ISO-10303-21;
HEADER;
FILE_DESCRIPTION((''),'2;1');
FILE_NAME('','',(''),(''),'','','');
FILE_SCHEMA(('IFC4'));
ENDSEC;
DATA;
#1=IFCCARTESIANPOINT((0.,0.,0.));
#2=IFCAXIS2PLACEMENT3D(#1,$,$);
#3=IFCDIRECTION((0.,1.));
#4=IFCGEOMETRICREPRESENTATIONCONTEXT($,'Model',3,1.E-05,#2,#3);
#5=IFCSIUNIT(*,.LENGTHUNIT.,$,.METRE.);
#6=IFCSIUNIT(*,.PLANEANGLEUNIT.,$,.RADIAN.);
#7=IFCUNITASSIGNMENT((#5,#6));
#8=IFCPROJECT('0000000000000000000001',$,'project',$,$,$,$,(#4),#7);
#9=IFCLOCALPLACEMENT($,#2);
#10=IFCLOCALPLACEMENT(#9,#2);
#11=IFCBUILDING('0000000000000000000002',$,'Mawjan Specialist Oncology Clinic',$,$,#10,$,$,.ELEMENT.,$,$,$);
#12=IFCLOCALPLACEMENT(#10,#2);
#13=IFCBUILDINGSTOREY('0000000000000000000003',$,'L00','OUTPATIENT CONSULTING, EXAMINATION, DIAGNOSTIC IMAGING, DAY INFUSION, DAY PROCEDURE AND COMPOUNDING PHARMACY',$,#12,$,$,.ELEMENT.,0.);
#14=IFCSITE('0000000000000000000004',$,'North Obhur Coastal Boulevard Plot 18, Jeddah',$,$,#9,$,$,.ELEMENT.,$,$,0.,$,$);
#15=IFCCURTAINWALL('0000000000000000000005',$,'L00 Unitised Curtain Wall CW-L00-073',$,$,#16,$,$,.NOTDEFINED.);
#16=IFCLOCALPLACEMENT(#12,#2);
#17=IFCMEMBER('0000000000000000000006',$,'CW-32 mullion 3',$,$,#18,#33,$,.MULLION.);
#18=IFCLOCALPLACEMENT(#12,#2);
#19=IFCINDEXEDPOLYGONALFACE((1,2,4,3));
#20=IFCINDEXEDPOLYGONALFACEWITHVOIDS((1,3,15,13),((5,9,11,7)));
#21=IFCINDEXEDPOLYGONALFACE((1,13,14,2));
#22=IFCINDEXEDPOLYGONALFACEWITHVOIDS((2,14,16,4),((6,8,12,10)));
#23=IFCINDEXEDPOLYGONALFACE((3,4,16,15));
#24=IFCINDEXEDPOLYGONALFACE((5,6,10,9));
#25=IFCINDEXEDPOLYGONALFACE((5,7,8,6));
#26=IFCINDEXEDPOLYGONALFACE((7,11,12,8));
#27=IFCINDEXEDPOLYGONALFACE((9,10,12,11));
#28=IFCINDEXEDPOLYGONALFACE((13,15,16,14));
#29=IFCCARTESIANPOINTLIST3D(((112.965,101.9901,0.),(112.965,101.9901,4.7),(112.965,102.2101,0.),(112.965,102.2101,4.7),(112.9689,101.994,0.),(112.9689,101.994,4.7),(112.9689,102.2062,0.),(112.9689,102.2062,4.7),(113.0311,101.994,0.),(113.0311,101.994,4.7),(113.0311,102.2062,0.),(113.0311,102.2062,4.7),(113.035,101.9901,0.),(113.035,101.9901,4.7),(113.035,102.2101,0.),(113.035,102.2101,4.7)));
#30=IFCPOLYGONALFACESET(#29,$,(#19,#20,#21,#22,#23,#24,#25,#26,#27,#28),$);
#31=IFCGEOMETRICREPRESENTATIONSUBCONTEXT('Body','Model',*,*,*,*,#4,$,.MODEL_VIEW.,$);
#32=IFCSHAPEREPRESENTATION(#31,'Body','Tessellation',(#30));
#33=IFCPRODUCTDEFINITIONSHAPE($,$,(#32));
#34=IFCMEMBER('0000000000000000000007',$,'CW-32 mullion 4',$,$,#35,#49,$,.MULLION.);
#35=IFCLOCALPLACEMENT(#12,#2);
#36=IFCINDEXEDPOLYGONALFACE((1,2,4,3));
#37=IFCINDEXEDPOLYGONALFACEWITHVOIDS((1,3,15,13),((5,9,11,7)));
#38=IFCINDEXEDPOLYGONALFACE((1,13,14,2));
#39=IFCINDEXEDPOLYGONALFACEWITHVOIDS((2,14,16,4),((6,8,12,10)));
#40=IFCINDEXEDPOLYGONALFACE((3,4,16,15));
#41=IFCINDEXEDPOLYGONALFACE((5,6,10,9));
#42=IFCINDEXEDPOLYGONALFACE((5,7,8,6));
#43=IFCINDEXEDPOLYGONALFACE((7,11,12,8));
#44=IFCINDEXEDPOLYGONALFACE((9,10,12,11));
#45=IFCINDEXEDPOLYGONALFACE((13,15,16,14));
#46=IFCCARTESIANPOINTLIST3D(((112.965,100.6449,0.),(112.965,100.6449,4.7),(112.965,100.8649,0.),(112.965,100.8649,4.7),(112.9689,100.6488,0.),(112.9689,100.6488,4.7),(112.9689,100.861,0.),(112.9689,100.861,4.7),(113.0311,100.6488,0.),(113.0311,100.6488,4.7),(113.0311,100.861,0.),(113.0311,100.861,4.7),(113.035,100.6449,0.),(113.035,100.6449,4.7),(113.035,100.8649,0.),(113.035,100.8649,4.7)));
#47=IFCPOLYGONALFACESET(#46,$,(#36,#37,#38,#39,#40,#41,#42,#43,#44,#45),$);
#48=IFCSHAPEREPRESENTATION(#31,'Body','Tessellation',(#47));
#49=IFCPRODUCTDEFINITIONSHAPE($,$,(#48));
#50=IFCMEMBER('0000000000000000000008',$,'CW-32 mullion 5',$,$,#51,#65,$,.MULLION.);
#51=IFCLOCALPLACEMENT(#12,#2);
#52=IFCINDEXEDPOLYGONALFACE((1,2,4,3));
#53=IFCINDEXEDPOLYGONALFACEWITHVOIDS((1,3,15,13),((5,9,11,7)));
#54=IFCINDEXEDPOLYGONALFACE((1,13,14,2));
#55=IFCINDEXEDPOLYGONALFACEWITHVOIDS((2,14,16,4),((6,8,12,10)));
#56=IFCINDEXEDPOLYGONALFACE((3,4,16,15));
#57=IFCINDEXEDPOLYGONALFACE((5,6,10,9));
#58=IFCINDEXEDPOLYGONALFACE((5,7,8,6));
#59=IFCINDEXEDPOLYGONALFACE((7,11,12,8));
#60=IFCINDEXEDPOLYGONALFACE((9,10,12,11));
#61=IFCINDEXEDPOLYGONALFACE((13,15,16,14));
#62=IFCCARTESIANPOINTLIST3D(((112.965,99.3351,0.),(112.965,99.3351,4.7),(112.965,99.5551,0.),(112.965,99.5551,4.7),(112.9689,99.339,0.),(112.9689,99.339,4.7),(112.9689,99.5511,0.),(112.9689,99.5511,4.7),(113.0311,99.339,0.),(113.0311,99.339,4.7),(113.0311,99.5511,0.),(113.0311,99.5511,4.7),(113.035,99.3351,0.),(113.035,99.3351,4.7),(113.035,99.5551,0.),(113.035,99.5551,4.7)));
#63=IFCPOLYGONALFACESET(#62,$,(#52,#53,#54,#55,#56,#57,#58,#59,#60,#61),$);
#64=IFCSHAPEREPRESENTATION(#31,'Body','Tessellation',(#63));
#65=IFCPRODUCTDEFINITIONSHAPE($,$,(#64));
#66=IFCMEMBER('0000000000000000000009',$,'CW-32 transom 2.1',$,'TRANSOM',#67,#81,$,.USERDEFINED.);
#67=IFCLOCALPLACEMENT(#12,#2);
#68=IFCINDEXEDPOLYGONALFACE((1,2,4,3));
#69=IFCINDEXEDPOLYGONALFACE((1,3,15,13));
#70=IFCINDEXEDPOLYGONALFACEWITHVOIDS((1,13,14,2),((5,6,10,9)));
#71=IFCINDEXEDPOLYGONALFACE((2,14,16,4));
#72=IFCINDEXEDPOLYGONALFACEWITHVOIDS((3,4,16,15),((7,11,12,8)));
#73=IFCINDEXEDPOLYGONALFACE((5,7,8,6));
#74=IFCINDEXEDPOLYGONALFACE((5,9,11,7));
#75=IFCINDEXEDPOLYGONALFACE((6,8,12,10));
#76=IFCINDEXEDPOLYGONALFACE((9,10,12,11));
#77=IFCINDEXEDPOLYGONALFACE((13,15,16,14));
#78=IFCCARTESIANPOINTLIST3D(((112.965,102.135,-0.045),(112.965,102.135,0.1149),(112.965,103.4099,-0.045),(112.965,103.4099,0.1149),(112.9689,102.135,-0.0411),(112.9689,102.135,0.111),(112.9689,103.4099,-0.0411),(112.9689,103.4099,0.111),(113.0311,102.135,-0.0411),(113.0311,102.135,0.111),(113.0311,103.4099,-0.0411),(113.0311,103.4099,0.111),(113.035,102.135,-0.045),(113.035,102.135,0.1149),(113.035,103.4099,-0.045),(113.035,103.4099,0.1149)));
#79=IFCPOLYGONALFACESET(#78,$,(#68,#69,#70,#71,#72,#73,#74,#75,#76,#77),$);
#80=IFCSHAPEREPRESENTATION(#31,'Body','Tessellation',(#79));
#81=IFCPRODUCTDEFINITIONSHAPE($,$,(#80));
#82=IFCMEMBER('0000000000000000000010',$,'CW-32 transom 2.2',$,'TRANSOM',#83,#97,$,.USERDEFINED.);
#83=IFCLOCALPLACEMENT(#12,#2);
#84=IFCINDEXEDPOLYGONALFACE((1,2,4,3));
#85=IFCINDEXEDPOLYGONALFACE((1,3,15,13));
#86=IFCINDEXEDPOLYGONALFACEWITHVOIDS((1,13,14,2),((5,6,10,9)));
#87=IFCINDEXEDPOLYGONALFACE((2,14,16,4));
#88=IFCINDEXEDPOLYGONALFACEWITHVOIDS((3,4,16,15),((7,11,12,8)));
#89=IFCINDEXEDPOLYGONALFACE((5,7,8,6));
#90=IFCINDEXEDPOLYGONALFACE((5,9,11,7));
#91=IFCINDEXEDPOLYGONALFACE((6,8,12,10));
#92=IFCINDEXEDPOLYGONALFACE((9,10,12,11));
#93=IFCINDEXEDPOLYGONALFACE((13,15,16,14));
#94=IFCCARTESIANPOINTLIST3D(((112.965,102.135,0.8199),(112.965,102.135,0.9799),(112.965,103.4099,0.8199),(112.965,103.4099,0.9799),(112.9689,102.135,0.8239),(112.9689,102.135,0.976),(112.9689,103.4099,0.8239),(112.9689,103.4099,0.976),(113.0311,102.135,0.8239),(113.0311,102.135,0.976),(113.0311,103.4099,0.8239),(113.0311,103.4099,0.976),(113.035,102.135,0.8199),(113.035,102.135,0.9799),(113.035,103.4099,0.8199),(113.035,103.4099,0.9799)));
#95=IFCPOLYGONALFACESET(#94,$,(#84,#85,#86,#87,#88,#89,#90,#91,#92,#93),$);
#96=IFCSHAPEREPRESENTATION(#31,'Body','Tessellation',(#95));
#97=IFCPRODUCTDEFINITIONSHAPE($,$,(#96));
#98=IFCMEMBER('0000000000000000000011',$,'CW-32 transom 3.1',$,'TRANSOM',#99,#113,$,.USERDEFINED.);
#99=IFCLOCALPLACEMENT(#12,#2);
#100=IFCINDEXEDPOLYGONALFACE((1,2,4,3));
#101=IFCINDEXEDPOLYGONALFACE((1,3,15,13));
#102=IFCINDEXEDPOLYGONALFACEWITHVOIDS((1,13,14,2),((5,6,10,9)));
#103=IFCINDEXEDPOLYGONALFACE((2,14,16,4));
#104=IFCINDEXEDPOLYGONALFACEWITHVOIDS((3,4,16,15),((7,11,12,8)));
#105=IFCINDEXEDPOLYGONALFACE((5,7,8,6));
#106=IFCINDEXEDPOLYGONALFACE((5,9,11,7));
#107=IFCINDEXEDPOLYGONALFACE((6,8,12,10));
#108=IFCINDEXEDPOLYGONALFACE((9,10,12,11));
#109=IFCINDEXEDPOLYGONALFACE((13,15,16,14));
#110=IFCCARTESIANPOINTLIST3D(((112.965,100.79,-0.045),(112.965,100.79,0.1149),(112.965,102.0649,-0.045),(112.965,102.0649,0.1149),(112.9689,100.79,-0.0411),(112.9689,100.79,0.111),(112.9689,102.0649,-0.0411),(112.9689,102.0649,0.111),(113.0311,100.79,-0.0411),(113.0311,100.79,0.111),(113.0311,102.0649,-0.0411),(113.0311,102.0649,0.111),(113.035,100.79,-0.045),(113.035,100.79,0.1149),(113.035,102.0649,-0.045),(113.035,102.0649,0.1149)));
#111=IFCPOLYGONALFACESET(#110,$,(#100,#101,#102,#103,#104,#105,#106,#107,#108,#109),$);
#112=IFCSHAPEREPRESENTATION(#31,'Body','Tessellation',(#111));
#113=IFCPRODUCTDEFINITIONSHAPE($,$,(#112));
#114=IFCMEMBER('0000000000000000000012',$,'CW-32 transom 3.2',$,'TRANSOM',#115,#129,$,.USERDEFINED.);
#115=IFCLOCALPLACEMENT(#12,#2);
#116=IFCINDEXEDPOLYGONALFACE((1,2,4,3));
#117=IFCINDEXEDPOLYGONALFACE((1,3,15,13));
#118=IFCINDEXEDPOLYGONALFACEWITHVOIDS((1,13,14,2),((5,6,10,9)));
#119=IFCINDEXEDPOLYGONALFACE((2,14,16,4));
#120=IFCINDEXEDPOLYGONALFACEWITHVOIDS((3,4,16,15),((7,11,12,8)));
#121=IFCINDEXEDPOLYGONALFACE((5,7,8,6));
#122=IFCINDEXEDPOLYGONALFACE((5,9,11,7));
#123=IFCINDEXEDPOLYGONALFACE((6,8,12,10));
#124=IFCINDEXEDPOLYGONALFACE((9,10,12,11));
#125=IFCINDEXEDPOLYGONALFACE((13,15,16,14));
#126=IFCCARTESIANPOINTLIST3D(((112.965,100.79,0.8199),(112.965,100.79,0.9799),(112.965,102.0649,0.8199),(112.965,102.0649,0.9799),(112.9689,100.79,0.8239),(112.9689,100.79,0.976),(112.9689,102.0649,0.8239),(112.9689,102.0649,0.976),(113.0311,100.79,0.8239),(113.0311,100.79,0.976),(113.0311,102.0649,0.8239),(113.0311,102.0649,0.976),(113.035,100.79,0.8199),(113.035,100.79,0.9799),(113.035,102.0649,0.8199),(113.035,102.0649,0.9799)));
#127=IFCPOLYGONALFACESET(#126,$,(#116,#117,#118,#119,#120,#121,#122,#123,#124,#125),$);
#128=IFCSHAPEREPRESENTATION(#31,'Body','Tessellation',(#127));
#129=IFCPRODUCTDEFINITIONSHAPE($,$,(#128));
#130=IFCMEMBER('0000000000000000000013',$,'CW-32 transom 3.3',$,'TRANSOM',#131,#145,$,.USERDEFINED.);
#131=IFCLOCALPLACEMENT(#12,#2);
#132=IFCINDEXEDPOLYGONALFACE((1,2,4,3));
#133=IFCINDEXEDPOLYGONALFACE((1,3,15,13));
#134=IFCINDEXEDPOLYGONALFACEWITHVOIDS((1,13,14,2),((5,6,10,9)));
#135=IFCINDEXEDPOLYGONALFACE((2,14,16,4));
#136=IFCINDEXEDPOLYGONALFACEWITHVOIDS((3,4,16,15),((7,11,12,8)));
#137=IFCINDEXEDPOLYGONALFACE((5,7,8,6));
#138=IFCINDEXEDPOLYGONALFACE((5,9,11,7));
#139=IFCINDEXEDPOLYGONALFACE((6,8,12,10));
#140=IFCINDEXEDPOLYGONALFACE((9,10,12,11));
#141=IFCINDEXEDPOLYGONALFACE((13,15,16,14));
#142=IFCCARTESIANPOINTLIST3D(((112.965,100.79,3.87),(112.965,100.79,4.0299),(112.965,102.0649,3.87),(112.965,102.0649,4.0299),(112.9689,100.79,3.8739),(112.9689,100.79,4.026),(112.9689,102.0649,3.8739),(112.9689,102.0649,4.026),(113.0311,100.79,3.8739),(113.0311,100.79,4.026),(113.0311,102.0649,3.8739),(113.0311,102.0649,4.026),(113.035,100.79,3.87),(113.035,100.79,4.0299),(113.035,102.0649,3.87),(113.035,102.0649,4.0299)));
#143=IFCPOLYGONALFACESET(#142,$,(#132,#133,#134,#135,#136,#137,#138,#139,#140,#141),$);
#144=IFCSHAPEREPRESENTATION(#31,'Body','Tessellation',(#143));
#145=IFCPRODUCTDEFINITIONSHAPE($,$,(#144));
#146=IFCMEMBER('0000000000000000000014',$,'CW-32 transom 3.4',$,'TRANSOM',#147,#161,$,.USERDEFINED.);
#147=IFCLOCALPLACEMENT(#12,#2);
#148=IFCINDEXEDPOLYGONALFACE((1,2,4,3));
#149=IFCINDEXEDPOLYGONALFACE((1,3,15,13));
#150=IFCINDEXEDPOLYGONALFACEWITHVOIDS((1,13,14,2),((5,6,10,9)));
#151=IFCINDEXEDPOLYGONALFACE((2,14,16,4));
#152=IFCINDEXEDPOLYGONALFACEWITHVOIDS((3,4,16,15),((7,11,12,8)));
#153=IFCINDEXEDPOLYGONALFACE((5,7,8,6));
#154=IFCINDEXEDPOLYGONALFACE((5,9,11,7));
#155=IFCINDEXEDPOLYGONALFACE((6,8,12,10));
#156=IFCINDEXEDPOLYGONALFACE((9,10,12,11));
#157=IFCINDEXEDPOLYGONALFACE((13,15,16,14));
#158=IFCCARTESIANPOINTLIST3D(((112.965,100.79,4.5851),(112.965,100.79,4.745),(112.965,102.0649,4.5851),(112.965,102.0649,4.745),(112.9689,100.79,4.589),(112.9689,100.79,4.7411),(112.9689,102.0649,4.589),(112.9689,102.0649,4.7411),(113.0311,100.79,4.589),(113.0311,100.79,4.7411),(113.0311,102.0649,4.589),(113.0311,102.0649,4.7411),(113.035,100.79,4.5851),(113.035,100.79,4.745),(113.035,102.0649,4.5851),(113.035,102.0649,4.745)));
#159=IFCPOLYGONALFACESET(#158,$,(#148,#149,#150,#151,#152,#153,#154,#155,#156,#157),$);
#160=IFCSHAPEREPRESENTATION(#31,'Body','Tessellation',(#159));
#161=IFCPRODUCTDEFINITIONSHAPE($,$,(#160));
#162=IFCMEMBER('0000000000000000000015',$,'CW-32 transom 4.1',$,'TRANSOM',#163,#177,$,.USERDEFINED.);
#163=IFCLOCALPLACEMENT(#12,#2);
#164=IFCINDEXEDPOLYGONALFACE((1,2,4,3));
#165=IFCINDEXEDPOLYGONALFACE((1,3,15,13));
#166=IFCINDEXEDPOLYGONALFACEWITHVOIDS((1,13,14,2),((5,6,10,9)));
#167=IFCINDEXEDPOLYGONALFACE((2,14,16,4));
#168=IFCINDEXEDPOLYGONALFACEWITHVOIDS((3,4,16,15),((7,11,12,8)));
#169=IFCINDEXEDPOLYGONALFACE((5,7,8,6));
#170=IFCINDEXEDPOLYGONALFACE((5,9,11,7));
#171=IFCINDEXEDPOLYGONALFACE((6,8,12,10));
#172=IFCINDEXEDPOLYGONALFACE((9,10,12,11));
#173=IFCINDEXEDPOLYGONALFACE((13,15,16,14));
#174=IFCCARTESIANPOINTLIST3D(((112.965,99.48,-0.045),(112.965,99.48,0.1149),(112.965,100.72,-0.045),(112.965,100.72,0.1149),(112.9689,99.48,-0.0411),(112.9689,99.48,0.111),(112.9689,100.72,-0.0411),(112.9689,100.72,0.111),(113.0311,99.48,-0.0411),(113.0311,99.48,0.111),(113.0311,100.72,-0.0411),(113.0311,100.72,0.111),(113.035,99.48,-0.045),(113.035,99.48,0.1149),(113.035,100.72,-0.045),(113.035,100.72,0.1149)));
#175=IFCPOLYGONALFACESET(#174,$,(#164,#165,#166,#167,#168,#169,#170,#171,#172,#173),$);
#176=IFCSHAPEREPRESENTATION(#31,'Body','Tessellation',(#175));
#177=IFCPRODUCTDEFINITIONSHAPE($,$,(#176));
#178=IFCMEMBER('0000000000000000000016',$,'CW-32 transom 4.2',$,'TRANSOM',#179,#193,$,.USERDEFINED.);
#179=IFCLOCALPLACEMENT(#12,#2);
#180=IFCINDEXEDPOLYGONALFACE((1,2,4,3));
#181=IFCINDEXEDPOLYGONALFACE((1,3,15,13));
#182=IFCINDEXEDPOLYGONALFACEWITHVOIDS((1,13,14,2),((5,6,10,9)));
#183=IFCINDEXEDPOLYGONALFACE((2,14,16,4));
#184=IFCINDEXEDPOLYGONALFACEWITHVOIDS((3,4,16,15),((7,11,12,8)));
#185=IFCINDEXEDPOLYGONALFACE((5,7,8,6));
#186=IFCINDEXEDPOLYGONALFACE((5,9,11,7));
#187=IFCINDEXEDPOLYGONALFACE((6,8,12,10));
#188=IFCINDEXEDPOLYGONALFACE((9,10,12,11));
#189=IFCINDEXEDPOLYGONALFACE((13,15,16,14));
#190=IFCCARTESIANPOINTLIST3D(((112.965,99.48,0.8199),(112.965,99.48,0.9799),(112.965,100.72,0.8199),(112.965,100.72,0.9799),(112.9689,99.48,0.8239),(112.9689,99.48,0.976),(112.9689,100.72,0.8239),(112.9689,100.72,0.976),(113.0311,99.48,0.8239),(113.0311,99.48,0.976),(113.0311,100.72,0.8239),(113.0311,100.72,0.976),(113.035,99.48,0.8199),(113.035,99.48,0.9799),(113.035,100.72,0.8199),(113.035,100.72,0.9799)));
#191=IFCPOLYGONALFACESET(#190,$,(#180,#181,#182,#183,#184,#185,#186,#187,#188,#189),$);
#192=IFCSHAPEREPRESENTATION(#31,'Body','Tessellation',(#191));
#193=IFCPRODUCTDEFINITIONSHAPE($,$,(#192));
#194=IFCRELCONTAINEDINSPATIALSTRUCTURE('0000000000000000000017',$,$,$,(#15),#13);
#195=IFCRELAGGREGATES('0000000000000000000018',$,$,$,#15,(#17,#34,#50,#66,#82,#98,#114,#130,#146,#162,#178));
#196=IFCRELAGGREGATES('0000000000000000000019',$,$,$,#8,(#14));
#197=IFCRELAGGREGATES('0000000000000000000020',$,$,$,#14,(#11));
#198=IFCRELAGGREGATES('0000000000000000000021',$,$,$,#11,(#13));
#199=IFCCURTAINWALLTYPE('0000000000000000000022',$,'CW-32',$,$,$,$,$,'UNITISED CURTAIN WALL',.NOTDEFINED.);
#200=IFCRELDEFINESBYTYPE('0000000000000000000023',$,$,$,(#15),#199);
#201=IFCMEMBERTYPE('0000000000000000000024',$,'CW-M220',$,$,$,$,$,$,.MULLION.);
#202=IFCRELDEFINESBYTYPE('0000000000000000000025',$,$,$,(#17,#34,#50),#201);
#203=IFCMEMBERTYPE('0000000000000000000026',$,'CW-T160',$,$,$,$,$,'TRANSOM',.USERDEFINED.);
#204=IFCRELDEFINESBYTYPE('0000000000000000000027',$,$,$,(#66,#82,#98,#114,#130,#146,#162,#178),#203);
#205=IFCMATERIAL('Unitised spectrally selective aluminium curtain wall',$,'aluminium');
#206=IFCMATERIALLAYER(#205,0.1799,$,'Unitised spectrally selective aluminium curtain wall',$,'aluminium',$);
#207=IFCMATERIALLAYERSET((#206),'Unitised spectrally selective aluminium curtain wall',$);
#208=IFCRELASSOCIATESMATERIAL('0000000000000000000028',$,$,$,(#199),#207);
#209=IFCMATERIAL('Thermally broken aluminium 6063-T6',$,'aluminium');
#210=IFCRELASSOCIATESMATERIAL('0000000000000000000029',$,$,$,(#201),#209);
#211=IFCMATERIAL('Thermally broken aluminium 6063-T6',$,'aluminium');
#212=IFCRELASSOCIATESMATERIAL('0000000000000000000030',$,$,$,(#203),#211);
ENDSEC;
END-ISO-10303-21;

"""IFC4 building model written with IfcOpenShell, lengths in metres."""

from ifc_helpers import new_model, si_unit, direction, frame, origin, origin_2d, place, context, subcontext, project, spatial, hollow_rectangle, extrude, material, layer, layer_set, material_profile, profile_set, type_object, element, aggregate, save


model = new_model("IFC4")

# Units and contexts
model_context = context("Model", 3, precision=1e-05, world=origin(), true_north=direction((0.0, 1.0)))
body_context = subcontext(model_context, "Body", "Model", "MODEL_VIEW")
ifc_project = project(units=[si_unit("LENGTHUNIT", "METRE"), si_unit("PLANEANGLEUNIT", "RADIAN")], contexts=[model_context])

# Site, building, storey
site_placement = place(None, origin())
site = spatial("IfcSite", under=ifc_project, at=site_placement, Name="North Obhur Coastal Boulevard Plot 18, Jeddah", CompositionType="ELEMENT", RefElevation=0.0)
building_placement = place(site_placement, origin())
building = spatial("IfcBuilding", under=site, at=building_placement, Name="Mawjan Specialist Oncology Clinic", CompositionType="ELEMENT")
storey_placement = place(building_placement, origin())
storey = spatial("IfcBuildingStorey", under=building, at=storey_placement, Name="L00", Description="OUTPATIENT CONSULTING, EXAMINATION, DIAGNOSTIC IMAGING, DAY INFUSION, DAY PROCEDURE AND COMPOUNDING PHARMACY", CompositionType="ELEMENT", Elevation=0.0)

# Curtain wall, members
ifc_material_1 = material(Name="Unitised spectrally selective aluminium curtain wall", Category="aluminium")
ifc_layer_1 = layer(ifc_material_1, 0.1799, Name="Unitised spectrally selective aluminium curtain wall", Category="aluminium")
ifc_layer_set_1 = layer_set([ifc_layer_1], Name="Unitised spectrally selective aluminium curtain wall")
curtain_wall_type = type_object("IfcCurtainWallType", Name="CW-32", ElementType="UNITISED CURTAIN WALL", PredefinedType="NOTDEFINED", material=ifc_layer_set_1)
curtain_wall_placement = place(storey_placement, origin())
curtain_wall = element("IfcCurtainWall", 1, at=curtain_wall_placement, inside=storey, type_object=curtain_wall_type, Name="L00 Unitised Curtain Wall CW-L00-073", PredefinedType="NOTDEFINED")
ifc_material_2 = material(Name="Thermally broken aluminium 6063-T6", Category="aluminium")
ifc_material_profile_1 = material_profile(ifc_material_2, hollow_rectangle(XDim=0.0701, YDim=0.22, WallThickness=0.0039, at=origin_2d()), Name="ALU MULLION 220x70x4", Category="aluminium")
ifc_profile_set_1 = profile_set([ifc_material_profile_1], Name="Thermally broken aluminium 6063-T6")
member_type_1 = type_object("IfcMemberType", Name="CW-M220", PredefinedType="MULLION", material=ifc_profile_set_1)
member_1_placement = place(storey_placement, frame((113.0, 102.1001, 0.0), z_axis=(0.0, 0.0, 1.0), x_axis=(1.0, 0.0, 0.0)))
member_1 = element("IfcMember", 2, at=member_1_placement, type_object=member_type_1, Name="CW-32 mullion 3", PredefinedType="MULLION", context=body_context, shape_type="SweptSolid", body=[
    extrude(hollow_rectangle(XDim=0.0701, YDim=0.22, WallThickness=0.0039, at=origin_2d()), origin(), (0.0, 0.0, 1.0), 4.7),
])
member_2_placement = place(storey_placement, frame((113.0, 100.7549, 0.0), z_axis=(0.0, 0.0, 1.0), x_axis=(1.0, 0.0, 0.0)))
member_2 = element("IfcMember", 3, at=member_2_placement, type_object=member_type_1, Name="CW-32 mullion 4", PredefinedType="MULLION", context=body_context, shape_type="SweptSolid", body=[
    extrude(hollow_rectangle(XDim=0.0701, YDim=0.22, WallThickness=0.0039, at=origin_2d()), origin(), (0.0, 0.0, 1.0), 4.7),
])
member_3_placement = place(storey_placement, frame((113.0, 99.4451, 0.0), z_axis=(0.0, 0.0, 1.0), x_axis=(1.0, 0.0, 0.0)))
member_3 = element("IfcMember", 4, at=member_3_placement, type_object=member_type_1, Name="CW-32 mullion 5", PredefinedType="MULLION", context=body_context, shape_type="SweptSolid", body=[
    extrude(hollow_rectangle(XDim=0.0701, YDim=0.22, WallThickness=0.0039, at=origin_2d()), origin(), (0.0, 0.0, 1.0), 4.7),
])
ifc_material_3 = material(Name="Thermally broken aluminium 6063-T6", Category="aluminium")
ifc_material_profile_2 = material_profile(ifc_material_3, hollow_rectangle(XDim=0.0701, YDim=0.1599, WallThickness=0.0039, at=origin_2d()), Name="ALU TRANSOM 160x70x4", Category="aluminium")
ifc_profile_set_2 = profile_set([ifc_material_profile_2], Name="Thermally broken aluminium 6063-T6")
member_type_2 = type_object("IfcMemberType", Name="CW-T160", ElementType="TRANSOM", PredefinedType="USERDEFINED", material=ifc_profile_set_2)
member_4_placement = place(storey_placement, frame((113.0, 103.4099, 0.0349), z_axis=(0.0, -1.0, 0.0), x_axis=(1.0, 0.0, 0.0)))
member_4 = element("IfcMember", 5, at=member_4_placement, type_object=member_type_2, Name="CW-32 transom 2.1", ObjectType="TRANSOM", PredefinedType="USERDEFINED", context=body_context, shape_type="SweptSolid", body=[
    extrude(hollow_rectangle(XDim=0.0701, YDim=0.1599, WallThickness=0.0039, at=origin_2d()), origin(), (0.0, 0.0, 1.0), 1.2749),
])
member_5_placement = place(storey_placement, frame((113.0, 103.4099, 0.8999), z_axis=(0.0, -1.0, 0.0), x_axis=(1.0, 0.0, 0.0)))
member_5 = element("IfcMember", 6, at=member_5_placement, type_object=member_type_2, Name="CW-32 transom 2.2", ObjectType="TRANSOM", PredefinedType="USERDEFINED", context=body_context, shape_type="SweptSolid", body=[
    extrude(hollow_rectangle(XDim=0.0701, YDim=0.1599, WallThickness=0.0039, at=origin_2d()), origin(), (0.0, 0.0, 1.0), 1.2749),
])
member_6_placement = place(storey_placement, frame((113.0, 102.0649, 0.0349), z_axis=(0.0, -1.0, 0.0), x_axis=(1.0, 0.0, 0.0)))
member_6 = element("IfcMember", 7, at=member_6_placement, type_object=member_type_2, Name="CW-32 transom 3.1", ObjectType="TRANSOM", PredefinedType="USERDEFINED", context=body_context, shape_type="SweptSolid", body=[
    extrude(hollow_rectangle(XDim=0.0701, YDim=0.1599, WallThickness=0.0039, at=origin_2d()), origin(), (0.0, 0.0, 1.0), 1.2749),
])
member_7_placement = place(storey_placement, frame((113.0, 102.0649, 0.8999), z_axis=(0.0, -1.0, 0.0), x_axis=(1.0, 0.0, 0.0)))
member_7 = element("IfcMember", 8, at=member_7_placement, type_object=member_type_2, Name="CW-32 transom 3.2", ObjectType="TRANSOM", PredefinedType="USERDEFINED", context=body_context, shape_type="SweptSolid", body=[
    extrude(hollow_rectangle(XDim=0.0701, YDim=0.1599, WallThickness=0.0039, at=origin_2d()), origin(), (0.0, 0.0, 1.0), 1.2749),
])
member_8_placement = place(storey_placement, frame((113.0, 102.0649, 3.95), z_axis=(0.0, -1.0, 0.0), x_axis=(1.0, 0.0, 0.0)))
member_8 = element("IfcMember", 9, at=member_8_placement, type_object=member_type_2, Name="CW-32 transom 3.3", ObjectType="TRANSOM", PredefinedType="USERDEFINED", context=body_context, shape_type="SweptSolid", body=[
    extrude(hollow_rectangle(XDim=0.0701, YDim=0.1599, WallThickness=0.0039, at=origin_2d()), origin(), (0.0, 0.0, 1.0), 1.2749),
])
member_9_placement = place(storey_placement, frame((113.0, 102.0649, 4.665), z_axis=(0.0, -1.0, 0.0), x_axis=(1.0, 0.0, 0.0)))
member_9 = element("IfcMember", 10, at=member_9_placement, type_object=member_type_2, Name="CW-32 transom 3.4", ObjectType="TRANSOM", PredefinedType="USERDEFINED", context=body_context, shape_type="SweptSolid", body=[
    extrude(hollow_rectangle(XDim=0.0701, YDim=0.1599, WallThickness=0.0039, at=origin_2d()), origin(), (0.0, 0.0, 1.0), 1.2749),
])
member_10_placement = place(storey_placement, frame((113.0, 100.72, 0.0349), z_axis=(0.0, -1.0, 0.0), x_axis=(1.0, 0.0, 0.0)))
member_10 = element("IfcMember", 11, at=member_10_placement, type_object=member_type_2, Name="CW-32 transom 4.1", ObjectType="TRANSOM", PredefinedType="USERDEFINED", context=body_context, shape_type="SweptSolid", body=[
    extrude(hollow_rectangle(XDim=0.0701, YDim=0.1599, WallThickness=0.0039, at=origin_2d()), origin(), (0.0, 0.0, 1.0), 1.24),
])
member_11_placement = place(storey_placement, frame((113.0, 100.72, 0.8999), z_axis=(0.0, -1.0, 0.0), x_axis=(1.0, 0.0, 0.0)))
member_11 = element("IfcMember", 12, at=member_11_placement, type_object=member_type_2, Name="CW-32 transom 4.2", ObjectType="TRANSOM", PredefinedType="USERDEFINED", context=body_context, shape_type="SweptSolid", body=[
    extrude(hollow_rectangle(XDim=0.0701, YDim=0.1599, WallThickness=0.0039, at=origin_2d()), origin(), (0.0, 0.0, 1.0), 1.24),
])
aggregate(curtain_wall, [member_1, member_2, member_3, member_4, member_5, member_6, member_7, member_8, member_9, member_10, member_11])

save(model, "model.ifc")
